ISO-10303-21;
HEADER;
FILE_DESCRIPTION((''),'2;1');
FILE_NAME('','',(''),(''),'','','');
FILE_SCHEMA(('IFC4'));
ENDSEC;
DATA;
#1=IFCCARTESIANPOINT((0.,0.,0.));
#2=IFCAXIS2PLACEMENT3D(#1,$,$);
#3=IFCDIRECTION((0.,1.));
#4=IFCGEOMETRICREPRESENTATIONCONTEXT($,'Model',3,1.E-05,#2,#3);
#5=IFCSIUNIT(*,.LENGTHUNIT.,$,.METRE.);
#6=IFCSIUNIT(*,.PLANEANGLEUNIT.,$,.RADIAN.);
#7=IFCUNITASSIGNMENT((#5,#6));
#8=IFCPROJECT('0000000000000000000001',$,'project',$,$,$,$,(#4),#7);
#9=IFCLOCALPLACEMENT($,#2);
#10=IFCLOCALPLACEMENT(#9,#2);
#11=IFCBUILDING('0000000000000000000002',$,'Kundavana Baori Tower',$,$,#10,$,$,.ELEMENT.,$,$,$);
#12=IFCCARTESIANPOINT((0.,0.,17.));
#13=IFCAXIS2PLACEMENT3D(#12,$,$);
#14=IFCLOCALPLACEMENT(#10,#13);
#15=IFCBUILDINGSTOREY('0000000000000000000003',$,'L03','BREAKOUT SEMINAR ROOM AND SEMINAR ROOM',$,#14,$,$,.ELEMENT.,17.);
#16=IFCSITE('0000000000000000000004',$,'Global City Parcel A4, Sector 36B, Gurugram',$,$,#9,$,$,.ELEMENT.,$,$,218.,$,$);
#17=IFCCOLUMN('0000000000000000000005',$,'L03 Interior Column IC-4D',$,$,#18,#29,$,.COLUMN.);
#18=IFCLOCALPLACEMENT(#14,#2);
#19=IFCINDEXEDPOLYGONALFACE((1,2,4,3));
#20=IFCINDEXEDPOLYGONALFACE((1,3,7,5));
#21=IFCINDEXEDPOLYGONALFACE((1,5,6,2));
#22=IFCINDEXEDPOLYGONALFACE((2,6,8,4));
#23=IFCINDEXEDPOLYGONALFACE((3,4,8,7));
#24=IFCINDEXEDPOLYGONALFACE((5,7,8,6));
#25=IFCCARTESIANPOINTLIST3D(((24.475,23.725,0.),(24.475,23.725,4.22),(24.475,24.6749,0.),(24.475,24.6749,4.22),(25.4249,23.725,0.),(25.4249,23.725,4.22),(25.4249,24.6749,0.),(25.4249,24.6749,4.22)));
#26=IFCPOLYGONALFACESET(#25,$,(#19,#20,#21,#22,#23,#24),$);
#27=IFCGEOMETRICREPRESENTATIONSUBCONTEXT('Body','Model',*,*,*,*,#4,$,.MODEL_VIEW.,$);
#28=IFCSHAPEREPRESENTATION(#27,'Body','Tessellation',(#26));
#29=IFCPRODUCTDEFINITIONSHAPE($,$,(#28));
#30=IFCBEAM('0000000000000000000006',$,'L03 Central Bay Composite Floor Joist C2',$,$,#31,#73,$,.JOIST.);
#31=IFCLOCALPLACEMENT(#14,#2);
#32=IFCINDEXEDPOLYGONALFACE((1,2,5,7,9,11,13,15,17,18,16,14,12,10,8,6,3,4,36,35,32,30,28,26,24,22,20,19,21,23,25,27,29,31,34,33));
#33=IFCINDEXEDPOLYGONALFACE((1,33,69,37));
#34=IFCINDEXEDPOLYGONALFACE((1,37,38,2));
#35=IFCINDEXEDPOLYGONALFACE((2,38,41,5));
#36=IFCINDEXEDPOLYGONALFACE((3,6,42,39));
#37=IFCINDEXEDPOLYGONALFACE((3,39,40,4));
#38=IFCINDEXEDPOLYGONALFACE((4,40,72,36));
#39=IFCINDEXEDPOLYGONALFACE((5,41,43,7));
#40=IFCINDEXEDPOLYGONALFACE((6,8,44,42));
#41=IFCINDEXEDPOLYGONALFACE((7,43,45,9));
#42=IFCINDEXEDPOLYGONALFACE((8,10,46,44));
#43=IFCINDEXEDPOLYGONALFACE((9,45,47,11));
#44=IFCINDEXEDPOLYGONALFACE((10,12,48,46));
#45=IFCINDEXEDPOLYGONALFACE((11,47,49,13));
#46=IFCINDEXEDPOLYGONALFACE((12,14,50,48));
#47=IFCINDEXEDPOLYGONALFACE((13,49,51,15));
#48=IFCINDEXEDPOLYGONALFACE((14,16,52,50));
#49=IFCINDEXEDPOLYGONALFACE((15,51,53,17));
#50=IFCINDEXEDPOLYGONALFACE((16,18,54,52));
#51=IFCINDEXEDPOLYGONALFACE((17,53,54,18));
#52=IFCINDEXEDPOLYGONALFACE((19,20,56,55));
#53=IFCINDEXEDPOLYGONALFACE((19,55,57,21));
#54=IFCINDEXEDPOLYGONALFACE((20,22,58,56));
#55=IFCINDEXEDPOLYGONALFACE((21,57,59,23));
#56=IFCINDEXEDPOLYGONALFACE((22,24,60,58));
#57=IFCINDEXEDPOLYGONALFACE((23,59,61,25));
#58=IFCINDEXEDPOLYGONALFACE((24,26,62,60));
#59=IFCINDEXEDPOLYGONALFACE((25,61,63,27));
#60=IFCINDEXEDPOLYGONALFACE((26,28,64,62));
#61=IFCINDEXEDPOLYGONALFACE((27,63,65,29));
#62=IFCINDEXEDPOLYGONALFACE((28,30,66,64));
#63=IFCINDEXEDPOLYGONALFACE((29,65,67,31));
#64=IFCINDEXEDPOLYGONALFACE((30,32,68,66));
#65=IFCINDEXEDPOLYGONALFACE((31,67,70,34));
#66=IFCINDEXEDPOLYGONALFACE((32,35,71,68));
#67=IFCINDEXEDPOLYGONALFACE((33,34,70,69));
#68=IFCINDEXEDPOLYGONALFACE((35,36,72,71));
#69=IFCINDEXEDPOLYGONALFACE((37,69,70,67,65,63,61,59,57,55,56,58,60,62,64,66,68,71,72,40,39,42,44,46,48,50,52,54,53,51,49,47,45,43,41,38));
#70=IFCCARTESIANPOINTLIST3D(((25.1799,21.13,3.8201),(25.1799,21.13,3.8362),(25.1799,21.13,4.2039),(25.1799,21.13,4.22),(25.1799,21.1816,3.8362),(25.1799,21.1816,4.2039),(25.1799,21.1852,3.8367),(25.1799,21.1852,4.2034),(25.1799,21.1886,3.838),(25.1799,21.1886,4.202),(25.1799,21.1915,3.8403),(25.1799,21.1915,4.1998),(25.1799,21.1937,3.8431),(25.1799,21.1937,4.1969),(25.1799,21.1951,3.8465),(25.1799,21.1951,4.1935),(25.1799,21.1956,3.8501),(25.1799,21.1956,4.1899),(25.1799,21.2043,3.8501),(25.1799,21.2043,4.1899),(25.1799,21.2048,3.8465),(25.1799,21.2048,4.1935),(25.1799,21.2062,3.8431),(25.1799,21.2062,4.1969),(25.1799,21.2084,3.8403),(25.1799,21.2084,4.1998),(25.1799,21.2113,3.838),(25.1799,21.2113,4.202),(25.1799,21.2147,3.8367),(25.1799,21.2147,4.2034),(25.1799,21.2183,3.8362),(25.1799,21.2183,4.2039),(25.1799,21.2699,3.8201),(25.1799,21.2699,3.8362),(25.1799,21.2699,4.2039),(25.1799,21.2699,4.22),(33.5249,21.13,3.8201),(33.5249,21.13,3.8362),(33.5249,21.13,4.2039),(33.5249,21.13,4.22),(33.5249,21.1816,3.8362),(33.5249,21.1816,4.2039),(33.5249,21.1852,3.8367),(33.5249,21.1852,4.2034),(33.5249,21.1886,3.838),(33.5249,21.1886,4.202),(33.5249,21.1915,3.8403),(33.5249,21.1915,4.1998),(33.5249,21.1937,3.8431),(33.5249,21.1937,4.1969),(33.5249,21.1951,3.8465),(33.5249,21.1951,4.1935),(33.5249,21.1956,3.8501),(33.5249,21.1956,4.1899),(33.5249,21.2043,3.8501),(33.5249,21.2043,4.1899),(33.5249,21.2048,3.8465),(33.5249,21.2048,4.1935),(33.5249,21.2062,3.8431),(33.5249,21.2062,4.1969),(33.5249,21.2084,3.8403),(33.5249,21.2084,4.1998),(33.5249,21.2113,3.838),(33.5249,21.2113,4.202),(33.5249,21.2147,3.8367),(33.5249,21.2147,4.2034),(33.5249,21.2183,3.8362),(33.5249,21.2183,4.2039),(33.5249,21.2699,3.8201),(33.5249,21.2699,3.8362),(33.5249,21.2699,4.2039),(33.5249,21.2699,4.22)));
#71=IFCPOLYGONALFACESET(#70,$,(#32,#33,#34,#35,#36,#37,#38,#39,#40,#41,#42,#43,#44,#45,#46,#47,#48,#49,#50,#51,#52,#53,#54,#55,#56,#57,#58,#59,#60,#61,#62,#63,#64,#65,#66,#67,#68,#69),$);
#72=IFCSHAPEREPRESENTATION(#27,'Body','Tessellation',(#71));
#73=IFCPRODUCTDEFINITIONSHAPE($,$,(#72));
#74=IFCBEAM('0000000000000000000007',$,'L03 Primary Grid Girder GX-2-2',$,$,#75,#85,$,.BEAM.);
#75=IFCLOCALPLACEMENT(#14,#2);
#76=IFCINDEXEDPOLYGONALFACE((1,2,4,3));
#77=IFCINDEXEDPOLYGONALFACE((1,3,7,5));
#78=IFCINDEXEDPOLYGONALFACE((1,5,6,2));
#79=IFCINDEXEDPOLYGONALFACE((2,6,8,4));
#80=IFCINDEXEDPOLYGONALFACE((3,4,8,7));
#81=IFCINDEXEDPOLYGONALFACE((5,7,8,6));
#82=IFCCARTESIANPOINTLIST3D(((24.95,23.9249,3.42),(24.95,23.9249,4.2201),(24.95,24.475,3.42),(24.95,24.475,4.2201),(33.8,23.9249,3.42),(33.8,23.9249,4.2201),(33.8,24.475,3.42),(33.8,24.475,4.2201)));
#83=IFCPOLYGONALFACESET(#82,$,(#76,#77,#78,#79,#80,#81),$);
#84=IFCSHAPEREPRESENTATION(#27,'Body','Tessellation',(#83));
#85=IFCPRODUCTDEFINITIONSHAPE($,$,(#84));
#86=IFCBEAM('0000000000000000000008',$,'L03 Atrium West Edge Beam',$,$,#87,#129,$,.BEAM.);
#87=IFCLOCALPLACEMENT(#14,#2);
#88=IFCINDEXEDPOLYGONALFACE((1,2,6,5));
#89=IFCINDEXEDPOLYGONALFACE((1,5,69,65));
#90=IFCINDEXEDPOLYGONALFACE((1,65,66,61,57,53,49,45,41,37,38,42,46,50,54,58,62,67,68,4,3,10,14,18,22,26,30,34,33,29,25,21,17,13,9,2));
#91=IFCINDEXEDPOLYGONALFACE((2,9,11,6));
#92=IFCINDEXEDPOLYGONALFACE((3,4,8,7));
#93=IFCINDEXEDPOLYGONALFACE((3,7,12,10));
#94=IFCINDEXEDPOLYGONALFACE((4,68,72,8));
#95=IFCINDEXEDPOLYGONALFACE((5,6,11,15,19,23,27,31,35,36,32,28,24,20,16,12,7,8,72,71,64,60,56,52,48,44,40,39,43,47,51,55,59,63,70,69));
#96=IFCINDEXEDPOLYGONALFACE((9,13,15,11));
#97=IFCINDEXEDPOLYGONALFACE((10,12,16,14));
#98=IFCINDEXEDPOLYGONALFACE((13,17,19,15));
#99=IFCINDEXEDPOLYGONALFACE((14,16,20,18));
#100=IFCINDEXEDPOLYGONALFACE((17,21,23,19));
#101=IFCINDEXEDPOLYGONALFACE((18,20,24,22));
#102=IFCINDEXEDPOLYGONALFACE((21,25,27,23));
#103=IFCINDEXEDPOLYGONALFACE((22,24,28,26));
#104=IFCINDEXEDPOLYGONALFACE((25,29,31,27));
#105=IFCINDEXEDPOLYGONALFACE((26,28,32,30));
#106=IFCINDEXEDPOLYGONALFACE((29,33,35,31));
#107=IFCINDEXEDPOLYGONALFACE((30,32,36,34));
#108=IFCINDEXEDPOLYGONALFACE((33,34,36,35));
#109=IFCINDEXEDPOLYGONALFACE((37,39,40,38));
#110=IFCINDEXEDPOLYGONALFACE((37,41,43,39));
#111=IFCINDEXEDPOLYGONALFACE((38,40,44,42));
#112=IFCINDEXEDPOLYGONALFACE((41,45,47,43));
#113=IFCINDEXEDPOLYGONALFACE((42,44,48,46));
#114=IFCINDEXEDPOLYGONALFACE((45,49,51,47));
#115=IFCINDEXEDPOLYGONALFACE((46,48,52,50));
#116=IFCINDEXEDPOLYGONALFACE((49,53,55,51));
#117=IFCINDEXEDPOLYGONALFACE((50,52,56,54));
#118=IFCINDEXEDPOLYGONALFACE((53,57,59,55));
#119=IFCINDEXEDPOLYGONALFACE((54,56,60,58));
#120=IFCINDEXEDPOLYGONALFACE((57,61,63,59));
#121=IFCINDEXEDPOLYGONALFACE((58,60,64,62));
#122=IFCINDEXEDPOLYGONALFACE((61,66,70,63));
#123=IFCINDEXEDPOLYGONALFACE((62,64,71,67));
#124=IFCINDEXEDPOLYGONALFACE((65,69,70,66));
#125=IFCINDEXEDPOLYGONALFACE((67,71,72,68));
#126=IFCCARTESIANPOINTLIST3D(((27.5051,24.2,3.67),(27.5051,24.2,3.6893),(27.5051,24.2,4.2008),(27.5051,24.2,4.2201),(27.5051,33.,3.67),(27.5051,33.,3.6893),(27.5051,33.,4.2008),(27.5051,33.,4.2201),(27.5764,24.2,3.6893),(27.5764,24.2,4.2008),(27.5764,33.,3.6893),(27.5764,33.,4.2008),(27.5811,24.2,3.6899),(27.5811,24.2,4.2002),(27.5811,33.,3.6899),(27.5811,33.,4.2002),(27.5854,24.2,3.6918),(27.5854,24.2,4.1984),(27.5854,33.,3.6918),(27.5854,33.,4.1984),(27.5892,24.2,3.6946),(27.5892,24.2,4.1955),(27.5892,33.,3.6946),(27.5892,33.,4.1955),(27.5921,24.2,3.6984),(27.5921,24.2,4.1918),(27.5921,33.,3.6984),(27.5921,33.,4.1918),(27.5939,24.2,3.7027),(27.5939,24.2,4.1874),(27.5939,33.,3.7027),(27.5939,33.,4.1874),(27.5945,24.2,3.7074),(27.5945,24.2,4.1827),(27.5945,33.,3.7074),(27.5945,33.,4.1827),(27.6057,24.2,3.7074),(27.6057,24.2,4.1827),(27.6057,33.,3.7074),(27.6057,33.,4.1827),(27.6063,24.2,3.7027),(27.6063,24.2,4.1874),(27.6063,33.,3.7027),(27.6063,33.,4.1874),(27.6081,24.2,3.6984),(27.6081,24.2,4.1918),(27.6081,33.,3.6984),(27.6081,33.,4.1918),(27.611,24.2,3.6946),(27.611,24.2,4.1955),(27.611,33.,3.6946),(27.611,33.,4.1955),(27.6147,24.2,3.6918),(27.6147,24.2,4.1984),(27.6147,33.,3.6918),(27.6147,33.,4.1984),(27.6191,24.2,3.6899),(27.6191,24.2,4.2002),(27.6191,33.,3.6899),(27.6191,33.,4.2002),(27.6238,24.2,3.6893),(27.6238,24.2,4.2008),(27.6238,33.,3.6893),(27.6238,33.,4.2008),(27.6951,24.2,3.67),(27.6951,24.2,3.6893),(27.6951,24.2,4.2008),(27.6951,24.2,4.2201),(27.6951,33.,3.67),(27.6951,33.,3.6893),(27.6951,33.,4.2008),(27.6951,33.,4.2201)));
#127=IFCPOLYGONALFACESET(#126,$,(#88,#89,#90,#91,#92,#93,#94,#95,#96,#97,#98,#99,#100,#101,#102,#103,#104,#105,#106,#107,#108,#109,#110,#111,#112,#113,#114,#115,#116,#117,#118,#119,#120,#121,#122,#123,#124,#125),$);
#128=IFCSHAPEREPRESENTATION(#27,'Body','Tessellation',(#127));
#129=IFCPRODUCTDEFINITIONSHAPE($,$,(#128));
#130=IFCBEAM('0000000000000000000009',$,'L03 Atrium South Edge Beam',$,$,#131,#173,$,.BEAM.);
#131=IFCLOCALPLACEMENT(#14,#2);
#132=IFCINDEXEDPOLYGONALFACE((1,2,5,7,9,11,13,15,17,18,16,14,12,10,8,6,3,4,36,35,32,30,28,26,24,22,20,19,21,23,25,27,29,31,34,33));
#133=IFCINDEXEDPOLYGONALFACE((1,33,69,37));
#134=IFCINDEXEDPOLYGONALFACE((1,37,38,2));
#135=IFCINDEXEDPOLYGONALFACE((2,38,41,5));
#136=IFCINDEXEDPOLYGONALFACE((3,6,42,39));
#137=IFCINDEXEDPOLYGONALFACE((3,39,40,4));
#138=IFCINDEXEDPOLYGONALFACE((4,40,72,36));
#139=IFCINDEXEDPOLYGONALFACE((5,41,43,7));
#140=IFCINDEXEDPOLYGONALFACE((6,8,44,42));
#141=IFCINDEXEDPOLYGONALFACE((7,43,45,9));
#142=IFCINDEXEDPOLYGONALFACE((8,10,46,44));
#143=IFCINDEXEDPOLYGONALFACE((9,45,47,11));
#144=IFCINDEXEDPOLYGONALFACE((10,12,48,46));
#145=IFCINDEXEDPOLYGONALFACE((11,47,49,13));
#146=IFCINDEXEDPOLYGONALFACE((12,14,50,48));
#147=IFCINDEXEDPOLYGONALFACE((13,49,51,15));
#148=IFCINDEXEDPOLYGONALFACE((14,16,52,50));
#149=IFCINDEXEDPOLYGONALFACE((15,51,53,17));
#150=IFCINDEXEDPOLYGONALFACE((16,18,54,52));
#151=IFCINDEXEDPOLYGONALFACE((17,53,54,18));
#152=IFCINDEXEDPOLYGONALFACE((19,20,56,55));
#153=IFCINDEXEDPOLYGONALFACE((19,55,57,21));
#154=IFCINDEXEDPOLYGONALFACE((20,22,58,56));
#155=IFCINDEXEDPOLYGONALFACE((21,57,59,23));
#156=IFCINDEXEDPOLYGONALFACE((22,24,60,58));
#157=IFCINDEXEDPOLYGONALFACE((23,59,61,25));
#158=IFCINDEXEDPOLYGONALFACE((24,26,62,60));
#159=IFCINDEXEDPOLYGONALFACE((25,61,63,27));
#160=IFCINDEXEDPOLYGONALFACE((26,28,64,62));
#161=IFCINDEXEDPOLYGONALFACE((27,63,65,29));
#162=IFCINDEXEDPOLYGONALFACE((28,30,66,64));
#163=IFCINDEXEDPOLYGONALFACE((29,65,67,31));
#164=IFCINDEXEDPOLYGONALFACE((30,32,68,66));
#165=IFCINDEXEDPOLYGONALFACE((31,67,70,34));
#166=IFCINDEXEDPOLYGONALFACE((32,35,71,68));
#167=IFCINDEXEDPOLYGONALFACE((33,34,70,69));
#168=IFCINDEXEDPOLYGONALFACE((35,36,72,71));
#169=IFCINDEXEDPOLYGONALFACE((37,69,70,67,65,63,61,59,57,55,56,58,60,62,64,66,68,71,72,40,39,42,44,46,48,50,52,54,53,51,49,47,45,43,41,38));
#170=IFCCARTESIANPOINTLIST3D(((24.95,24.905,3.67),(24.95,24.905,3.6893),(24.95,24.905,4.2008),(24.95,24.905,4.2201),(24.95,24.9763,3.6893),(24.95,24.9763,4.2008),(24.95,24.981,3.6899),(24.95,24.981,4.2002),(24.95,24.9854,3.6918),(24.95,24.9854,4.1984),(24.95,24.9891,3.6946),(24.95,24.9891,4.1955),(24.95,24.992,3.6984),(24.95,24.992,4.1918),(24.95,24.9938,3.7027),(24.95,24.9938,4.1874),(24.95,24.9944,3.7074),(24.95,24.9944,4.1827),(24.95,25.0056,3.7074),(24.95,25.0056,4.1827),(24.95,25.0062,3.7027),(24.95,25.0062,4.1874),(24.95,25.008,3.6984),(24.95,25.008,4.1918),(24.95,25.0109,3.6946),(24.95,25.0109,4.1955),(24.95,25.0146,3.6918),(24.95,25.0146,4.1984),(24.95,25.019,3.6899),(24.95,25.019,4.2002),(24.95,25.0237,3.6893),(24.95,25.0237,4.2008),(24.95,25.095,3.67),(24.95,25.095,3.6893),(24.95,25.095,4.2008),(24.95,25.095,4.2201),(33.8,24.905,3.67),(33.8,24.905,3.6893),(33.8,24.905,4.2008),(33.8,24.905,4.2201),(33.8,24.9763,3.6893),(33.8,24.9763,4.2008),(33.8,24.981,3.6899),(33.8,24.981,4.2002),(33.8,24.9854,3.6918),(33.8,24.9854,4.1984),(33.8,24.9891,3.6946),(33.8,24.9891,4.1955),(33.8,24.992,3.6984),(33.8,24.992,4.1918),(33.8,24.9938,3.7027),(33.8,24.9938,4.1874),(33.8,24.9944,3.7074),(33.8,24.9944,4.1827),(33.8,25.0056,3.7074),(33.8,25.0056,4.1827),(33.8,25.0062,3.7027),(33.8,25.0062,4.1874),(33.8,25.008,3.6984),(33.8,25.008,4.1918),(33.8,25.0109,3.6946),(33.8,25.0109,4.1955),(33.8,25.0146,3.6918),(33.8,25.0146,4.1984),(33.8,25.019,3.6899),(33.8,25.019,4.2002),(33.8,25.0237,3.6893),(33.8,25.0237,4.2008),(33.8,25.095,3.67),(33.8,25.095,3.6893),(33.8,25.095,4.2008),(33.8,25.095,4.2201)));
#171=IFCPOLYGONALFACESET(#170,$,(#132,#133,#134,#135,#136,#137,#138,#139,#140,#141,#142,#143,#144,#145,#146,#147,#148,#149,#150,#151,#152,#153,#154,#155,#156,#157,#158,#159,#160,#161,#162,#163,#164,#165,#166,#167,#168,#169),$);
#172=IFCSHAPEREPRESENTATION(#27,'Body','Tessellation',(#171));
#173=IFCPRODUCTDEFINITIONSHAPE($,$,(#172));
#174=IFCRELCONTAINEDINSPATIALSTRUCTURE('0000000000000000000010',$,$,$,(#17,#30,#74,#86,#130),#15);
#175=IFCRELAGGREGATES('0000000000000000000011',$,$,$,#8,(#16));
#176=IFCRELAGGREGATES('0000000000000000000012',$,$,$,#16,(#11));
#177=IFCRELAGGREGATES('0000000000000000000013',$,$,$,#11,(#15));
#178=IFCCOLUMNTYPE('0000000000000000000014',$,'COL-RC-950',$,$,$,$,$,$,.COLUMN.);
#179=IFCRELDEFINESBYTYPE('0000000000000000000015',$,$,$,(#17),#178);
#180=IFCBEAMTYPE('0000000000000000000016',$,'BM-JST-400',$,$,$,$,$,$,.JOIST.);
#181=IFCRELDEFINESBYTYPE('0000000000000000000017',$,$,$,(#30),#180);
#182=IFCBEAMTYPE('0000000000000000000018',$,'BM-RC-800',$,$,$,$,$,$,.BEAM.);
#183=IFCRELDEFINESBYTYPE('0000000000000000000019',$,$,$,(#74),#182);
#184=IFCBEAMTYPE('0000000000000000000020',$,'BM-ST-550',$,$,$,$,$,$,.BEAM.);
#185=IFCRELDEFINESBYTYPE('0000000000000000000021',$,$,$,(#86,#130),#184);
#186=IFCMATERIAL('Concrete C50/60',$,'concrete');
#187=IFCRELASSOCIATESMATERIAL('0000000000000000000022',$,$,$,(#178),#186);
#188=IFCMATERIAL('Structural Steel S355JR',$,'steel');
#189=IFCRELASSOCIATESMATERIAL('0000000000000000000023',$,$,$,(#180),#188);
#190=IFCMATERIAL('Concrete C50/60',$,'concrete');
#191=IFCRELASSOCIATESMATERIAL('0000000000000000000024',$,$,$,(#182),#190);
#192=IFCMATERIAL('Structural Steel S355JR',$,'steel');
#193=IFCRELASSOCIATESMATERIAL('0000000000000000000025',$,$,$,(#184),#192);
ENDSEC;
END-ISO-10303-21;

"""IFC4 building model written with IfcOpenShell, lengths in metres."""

from ifc_helpers import new_model, si_unit, direction, frame, origin, origin_2d, place, context, subcontext, project, spatial, rectangle, i_section, extrude, material, material_profile, profile_set, type_object, element, save


model = new_model("IFC4")

# Units and contexts
model_context = context("Model", 3, precision=1e-05, world=origin(), true_north=direction((0.0, 1.0)))
body_context = subcontext(model_context, "Body", "Model", "MODEL_VIEW")
ifc_project = project(units=[si_unit("LENGTHUNIT", "METRE"), si_unit("PLANEANGLEUNIT", "RADIAN")], contexts=[model_context])

# Site, building, storey
site_placement = place(None, origin())
site = spatial("IfcSite", under=ifc_project, at=site_placement, Name="Global City Parcel A4, Sector 36B, Gurugram", CompositionType="ELEMENT", RefElevation=218.0)
building_placement = place(site_placement, origin())
building = spatial("IfcBuilding", under=site, at=building_placement, Name="Kundavana Baori Tower", CompositionType="ELEMENT")
storey_placement = place(building_placement, frame((0.0, 0.0, 17.0)))
storey = spatial("IfcBuildingStorey", under=building, at=storey_placement, Name="L03", Description="BREAKOUT SEMINAR ROOM AND SEMINAR ROOM", CompositionType="ELEMENT", Elevation=17.0)

# Column
ifc_material_1 = material(Name="Concrete C50/60", Category="concrete")
ifc_material_profile_1 = material_profile(ifc_material_1, rectangle(XDim=0.95, YDim=0.95, at=origin_2d()), Name="RC 950x950")
ifc_profile_set_1 = profile_set([ifc_material_profile_1], Name="Concrete C50/60")
column_type = type_object("IfcColumnType", Name="COL-RC-950", PredefinedType="COLUMN", material=ifc_profile_set_1)
column_placement = place(storey_placement, frame((24.95, 24.2, 0.0), z_axis=(0.0, 0.0, 1.0), x_axis=(1.0, 0.0, 0.0)))
element("IfcColumn", 1, at=column_placement, inside=storey, type_object=column_type, Name="L03 Interior Column IC-4D", PredefinedType="COLUMN", context=body_context, shape_type="SweptSolid", body=[
    extrude(rectangle(XDim=0.95, YDim=0.95, at=origin_2d()), origin(), (0.0, 0.0, 1.0), 4.22),
])

# Beams
ifc_material_2 = material(Name="Structural Steel S355JR", Category="steel")
ifc_material_profile_2 = material_profile(ifc_material_2, i_section(OverallWidth=0.1399, OverallDepth=0.3999, WebThickness=0.0088, FlangeThickness=0.0161, FilletRadius=0.0139, at=origin_2d()), Name="ISMB 400")
ifc_profile_set_2 = profile_set([ifc_material_profile_2], Name="Structural Steel S355JR")
beam_type_1 = type_object("IfcBeamType", Name="BM-JST-400", PredefinedType="JOIST", material=ifc_profile_set_2)
beam_1_placement = place(storey_placement, frame((25.1799, 21.2, 4.02), z_axis=(1.0, 0.0, 0.0), x_axis=(0.0, 1.0, 0.0)))
element("IfcBeam", 2, at=beam_1_placement, inside=storey, type_object=beam_type_1, Name="L03 Central Bay Composite Floor Joist C2", PredefinedType="JOIST", context=body_context, shape_type="SweptSolid", body=[
    extrude(i_section(OverallWidth=0.1399, OverallDepth=0.3999, WebThickness=0.0088, FlangeThickness=0.0161, FilletRadius=0.0139, at=origin_2d()), origin(), (0.0, 0.0, 1.0), 8.345),
])
ifc_material_3 = material(Name="Concrete C50/60", Category="concrete")
ifc_material_profile_3 = material_profile(ifc_material_3, rectangle(XDim=0.55, YDim=0.8, at=origin_2d()), Name="RC BM 550x800")
ifc_profile_set_3 = profile_set([ifc_material_profile_3], Name="Concrete C50/60")
beam_type_2 = type_object("IfcBeamType", Name="BM-RC-800", PredefinedType="BEAM", material=ifc_profile_set_3)
beam_2_placement = place(storey_placement, frame((24.95, 24.2, 3.8201), z_axis=(1.0, 0.0, 0.0), x_axis=(0.0, 1.0, 0.0)))
element("IfcBeam", 3, at=beam_2_placement, inside=storey, type_object=beam_type_2, Name="L03 Primary Grid Girder GX-2-2", PredefinedType="BEAM", context=body_context, shape_type="SweptSolid", body=[
    extrude(rectangle(XDim=0.55, YDim=0.8, at=origin_2d()), origin(), (0.0, 0.0, 1.0), 8.8501),
])
ifc_material_4 = material(Name="Structural Steel S355JR", Category="steel")
ifc_material_profile_4 = material_profile(ifc_material_4, i_section(OverallWidth=0.1899, OverallDepth=0.55, WebThickness=0.0112, FlangeThickness=0.0193, FilletRadius=0.0181, at=origin_2d()), Name="ISMB 550")
ifc_profile_set_4 = profile_set([ifc_material_profile_4], Name="Structural Steel S355JR")
beam_type_3 = type_object("IfcBeamType", Name="BM-ST-550", PredefinedType="BEAM", material=ifc_profile_set_4)
beam_3_placement = place(storey_placement, frame((27.6001, 24.2, 3.9451), z_axis=(0.0, 1.0, 0.0), x_axis=(-1.0, 0.0, 0.0)))
element("IfcBeam", 4, at=beam_3_placement, inside=storey, type_object=beam_type_3, Name="L03 Atrium West Edge Beam", PredefinedType="BEAM", context=body_context, shape_type="SweptSolid", body=[
    extrude(i_section(OverallWidth=0.1899, OverallDepth=0.55, WebThickness=0.0112, FlangeThickness=0.0193, FilletRadius=0.0181, at=origin_2d()), origin(), (0.0, 0.0, 1.0), 8.8),
])
beam_4_placement = place(storey_placement, frame((24.95, 25.0, 3.9451), z_axis=(1.0, 0.0, 0.0), x_axis=(0.0, 1.0, 0.0)))
element("IfcBeam", 5, at=beam_4_placement, inside=storey, type_object=beam_type_3, Name="L03 Atrium South Edge Beam", PredefinedType="BEAM", context=body_context, shape_type="SweptSolid", body=[
    extrude(i_section(OverallWidth=0.1899, OverallDepth=0.55, WebThickness=0.0112, FlangeThickness=0.0193, FilletRadius=0.0181, at=origin_2d()), origin(), (0.0, 0.0, 1.0), 8.8501),
])

save(model, "model.ifc")
